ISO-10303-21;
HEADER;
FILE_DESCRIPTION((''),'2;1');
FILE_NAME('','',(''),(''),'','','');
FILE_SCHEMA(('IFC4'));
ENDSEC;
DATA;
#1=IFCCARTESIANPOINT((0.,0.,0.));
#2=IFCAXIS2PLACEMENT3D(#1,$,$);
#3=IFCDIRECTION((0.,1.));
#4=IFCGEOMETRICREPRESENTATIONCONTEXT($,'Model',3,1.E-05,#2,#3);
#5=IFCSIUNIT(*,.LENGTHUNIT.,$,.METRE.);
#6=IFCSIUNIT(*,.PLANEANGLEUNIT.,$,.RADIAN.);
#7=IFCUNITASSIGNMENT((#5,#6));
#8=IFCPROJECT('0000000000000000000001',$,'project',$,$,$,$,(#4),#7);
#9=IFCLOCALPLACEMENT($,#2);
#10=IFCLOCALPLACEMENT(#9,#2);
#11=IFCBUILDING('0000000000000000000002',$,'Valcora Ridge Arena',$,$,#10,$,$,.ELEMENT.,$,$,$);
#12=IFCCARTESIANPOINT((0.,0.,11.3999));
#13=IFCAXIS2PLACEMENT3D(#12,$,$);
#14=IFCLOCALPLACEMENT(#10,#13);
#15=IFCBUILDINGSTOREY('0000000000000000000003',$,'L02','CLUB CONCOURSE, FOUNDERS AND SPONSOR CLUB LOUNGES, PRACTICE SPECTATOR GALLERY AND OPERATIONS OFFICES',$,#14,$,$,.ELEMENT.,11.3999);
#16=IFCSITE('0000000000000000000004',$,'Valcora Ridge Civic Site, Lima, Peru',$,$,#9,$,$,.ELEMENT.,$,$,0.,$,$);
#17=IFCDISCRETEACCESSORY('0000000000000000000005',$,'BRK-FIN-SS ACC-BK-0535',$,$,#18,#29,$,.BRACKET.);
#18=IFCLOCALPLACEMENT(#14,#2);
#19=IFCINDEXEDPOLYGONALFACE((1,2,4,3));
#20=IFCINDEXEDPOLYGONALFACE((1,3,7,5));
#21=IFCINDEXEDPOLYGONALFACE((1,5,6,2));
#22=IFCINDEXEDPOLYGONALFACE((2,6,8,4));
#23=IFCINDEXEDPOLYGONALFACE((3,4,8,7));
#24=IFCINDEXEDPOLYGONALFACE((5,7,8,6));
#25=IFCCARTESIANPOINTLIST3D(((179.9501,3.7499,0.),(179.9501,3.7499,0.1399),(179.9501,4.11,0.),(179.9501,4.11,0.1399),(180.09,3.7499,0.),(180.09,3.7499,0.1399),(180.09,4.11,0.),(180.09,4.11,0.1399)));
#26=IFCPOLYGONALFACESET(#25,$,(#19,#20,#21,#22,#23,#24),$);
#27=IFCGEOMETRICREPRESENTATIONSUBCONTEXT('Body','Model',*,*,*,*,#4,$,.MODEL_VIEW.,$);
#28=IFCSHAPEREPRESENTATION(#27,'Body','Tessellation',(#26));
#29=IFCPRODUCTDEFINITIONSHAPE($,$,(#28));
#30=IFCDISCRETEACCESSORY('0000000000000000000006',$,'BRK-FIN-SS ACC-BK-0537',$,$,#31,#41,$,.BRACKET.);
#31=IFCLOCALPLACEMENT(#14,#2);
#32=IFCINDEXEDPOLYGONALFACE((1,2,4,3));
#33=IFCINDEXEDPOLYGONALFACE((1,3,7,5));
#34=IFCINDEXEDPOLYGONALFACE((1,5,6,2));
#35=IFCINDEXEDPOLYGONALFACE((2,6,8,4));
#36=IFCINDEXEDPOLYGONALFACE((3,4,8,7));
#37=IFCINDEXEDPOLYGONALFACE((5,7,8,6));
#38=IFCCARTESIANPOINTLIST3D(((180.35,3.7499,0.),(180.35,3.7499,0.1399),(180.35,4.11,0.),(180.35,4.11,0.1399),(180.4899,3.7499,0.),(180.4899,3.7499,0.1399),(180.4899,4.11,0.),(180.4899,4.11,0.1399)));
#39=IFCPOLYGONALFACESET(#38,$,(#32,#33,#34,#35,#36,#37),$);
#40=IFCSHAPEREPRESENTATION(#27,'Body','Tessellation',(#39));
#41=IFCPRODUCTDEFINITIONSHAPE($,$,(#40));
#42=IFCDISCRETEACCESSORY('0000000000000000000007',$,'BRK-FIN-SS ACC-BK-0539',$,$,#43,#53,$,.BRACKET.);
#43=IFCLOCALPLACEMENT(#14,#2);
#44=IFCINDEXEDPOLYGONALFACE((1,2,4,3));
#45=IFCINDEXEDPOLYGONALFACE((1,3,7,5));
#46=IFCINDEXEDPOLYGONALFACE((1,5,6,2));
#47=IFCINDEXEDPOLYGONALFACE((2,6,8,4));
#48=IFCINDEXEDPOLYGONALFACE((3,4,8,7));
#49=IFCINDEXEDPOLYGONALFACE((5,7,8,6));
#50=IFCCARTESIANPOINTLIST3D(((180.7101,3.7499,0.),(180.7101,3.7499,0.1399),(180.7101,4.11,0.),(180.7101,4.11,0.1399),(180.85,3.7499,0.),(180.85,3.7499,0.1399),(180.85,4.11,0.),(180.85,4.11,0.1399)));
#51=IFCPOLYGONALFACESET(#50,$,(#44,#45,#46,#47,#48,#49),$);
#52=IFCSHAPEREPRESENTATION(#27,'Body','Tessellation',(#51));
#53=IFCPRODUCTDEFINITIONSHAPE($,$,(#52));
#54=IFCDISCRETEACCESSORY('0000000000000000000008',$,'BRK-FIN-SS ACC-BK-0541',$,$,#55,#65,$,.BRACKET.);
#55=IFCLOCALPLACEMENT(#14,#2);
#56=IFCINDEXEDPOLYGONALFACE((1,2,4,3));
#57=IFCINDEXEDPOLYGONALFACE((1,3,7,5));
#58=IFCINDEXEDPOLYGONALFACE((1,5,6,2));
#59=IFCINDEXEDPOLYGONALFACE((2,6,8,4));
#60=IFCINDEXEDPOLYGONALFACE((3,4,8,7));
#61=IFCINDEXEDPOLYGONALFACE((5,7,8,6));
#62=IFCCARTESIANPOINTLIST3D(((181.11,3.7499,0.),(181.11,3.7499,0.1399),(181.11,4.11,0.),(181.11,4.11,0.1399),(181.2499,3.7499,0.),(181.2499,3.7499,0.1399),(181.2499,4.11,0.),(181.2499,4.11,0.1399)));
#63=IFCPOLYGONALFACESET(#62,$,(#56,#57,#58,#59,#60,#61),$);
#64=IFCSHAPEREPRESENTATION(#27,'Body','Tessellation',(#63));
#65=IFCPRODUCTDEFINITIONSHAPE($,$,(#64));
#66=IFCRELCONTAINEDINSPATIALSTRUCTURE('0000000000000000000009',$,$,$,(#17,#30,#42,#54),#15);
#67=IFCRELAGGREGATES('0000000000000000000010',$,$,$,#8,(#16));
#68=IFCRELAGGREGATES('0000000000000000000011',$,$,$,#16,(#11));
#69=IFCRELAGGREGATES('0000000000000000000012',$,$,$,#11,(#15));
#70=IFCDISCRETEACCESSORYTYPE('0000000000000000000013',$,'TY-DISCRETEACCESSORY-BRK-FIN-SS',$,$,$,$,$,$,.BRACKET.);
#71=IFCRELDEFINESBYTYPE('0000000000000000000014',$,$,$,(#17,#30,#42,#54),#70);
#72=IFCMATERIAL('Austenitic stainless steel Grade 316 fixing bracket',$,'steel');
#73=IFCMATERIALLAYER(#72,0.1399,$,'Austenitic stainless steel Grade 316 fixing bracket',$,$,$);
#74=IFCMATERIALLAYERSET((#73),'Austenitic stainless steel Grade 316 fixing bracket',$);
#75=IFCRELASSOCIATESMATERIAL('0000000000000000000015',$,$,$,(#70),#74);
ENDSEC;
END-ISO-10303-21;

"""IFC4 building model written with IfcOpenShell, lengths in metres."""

from ifc_helpers import new_model, si_unit, direction, frame, origin, origin_2d, place, context, subcontext, project, spatial, rectangle, extrude, material, layer, layer_set, type_object, element, save


model = new_model("IFC4")

# Units and contexts
model_context = context("Model", 3, precision=1e-05, world=origin(), true_north=direction((0.0, 1.0)))
body_context = subcontext(model_context, "Body", "Model", "MODEL_VIEW")
ifc_project = project(units=[si_unit("LENGTHUNIT", "METRE"), si_unit("PLANEANGLEUNIT", "RADIAN")], contexts=[model_context])

# Site, building, storey
site_placement = place(None, origin())
site = spatial("IfcSite", under=ifc_project, at=site_placement, Name="Valcora Ridge Civic Site, Lima, Peru", CompositionType="ELEMENT", RefElevation=0.0)
building_placement = place(site_placement, origin())
building = spatial("IfcBuilding", under=site, at=building_placement, Name="Valcora Ridge Arena", CompositionType="ELEMENT")
storey_placement = place(building_placement, frame((0.0, 0.0, 11.3999)))
storey = spatial("IfcBuildingStorey", under=building, at=storey_placement, Name="L02", Description="CLUB CONCOURSE, FOUNDERS AND SPONSOR CLUB LOUNGES, PRACTICE SPECTATOR GALLERY AND OPERATIONS OFFICES", CompositionType="ELEMENT", Elevation=11.3999)

# Discrete accessories
ifc_material_1 = material(Name="Austenitic stainless steel Grade 316 fixing bracket", Category="steel")
ifc_layer_1 = layer(ifc_material_1, 0.1399, Name="Austenitic stainless steel Grade 316 fixing bracket")
ifc_layer_set_1 = layer_set([ifc_layer_1], Name="Austenitic stainless steel Grade 316 fixing bracket")
discrete_accessory_type = type_object("IfcDiscreteAccessoryType", Name="TY-DISCRETEACCESSORY-BRK-FIN-SS", PredefinedType="BRACKET", material=ifc_layer_set_1)
for number, where, z_axis, x_axis, name in (
    (1, (180.02, 3.9299, 0.0), (0.0, 0.0, 1.0), (0.0, 1.0, 0.0), "BRK-FIN-SS ACC-BK-0535"),
    (2, (180.4199, 3.9299, 0.0), (0.0, 0.0, 1.0), (0.0, 1.0, 0.0), "BRK-FIN-SS ACC-BK-0537"),
    (3, (180.78, 3.9299, 0.0), (0.0, 0.0, 1.0), (0.0, 1.0, 0.0), "BRK-FIN-SS ACC-BK-0539"),
    (4, (181.1799, 3.9299, 0.0), (0.0, 0.0, 1.0), (0.0, 1.0, 0.0), "BRK-FIN-SS ACC-BK-0541"),
):
    element("IfcDiscreteAccessory", number, at=place(storey_placement, frame(where, z_axis=z_axis, x_axis=x_axis)), inside=storey, type_object=discrete_accessory_type, Name=name, PredefinedType="BRACKET", context=body_context, shape_type="SweptSolid", body=[
        extrude(rectangle(XDim=0.3601, YDim=0.1399, at=origin_2d()), origin(), (0.0, 0.0, 1.0), 0.1399),
    ])

save(model, "model.ifc")
